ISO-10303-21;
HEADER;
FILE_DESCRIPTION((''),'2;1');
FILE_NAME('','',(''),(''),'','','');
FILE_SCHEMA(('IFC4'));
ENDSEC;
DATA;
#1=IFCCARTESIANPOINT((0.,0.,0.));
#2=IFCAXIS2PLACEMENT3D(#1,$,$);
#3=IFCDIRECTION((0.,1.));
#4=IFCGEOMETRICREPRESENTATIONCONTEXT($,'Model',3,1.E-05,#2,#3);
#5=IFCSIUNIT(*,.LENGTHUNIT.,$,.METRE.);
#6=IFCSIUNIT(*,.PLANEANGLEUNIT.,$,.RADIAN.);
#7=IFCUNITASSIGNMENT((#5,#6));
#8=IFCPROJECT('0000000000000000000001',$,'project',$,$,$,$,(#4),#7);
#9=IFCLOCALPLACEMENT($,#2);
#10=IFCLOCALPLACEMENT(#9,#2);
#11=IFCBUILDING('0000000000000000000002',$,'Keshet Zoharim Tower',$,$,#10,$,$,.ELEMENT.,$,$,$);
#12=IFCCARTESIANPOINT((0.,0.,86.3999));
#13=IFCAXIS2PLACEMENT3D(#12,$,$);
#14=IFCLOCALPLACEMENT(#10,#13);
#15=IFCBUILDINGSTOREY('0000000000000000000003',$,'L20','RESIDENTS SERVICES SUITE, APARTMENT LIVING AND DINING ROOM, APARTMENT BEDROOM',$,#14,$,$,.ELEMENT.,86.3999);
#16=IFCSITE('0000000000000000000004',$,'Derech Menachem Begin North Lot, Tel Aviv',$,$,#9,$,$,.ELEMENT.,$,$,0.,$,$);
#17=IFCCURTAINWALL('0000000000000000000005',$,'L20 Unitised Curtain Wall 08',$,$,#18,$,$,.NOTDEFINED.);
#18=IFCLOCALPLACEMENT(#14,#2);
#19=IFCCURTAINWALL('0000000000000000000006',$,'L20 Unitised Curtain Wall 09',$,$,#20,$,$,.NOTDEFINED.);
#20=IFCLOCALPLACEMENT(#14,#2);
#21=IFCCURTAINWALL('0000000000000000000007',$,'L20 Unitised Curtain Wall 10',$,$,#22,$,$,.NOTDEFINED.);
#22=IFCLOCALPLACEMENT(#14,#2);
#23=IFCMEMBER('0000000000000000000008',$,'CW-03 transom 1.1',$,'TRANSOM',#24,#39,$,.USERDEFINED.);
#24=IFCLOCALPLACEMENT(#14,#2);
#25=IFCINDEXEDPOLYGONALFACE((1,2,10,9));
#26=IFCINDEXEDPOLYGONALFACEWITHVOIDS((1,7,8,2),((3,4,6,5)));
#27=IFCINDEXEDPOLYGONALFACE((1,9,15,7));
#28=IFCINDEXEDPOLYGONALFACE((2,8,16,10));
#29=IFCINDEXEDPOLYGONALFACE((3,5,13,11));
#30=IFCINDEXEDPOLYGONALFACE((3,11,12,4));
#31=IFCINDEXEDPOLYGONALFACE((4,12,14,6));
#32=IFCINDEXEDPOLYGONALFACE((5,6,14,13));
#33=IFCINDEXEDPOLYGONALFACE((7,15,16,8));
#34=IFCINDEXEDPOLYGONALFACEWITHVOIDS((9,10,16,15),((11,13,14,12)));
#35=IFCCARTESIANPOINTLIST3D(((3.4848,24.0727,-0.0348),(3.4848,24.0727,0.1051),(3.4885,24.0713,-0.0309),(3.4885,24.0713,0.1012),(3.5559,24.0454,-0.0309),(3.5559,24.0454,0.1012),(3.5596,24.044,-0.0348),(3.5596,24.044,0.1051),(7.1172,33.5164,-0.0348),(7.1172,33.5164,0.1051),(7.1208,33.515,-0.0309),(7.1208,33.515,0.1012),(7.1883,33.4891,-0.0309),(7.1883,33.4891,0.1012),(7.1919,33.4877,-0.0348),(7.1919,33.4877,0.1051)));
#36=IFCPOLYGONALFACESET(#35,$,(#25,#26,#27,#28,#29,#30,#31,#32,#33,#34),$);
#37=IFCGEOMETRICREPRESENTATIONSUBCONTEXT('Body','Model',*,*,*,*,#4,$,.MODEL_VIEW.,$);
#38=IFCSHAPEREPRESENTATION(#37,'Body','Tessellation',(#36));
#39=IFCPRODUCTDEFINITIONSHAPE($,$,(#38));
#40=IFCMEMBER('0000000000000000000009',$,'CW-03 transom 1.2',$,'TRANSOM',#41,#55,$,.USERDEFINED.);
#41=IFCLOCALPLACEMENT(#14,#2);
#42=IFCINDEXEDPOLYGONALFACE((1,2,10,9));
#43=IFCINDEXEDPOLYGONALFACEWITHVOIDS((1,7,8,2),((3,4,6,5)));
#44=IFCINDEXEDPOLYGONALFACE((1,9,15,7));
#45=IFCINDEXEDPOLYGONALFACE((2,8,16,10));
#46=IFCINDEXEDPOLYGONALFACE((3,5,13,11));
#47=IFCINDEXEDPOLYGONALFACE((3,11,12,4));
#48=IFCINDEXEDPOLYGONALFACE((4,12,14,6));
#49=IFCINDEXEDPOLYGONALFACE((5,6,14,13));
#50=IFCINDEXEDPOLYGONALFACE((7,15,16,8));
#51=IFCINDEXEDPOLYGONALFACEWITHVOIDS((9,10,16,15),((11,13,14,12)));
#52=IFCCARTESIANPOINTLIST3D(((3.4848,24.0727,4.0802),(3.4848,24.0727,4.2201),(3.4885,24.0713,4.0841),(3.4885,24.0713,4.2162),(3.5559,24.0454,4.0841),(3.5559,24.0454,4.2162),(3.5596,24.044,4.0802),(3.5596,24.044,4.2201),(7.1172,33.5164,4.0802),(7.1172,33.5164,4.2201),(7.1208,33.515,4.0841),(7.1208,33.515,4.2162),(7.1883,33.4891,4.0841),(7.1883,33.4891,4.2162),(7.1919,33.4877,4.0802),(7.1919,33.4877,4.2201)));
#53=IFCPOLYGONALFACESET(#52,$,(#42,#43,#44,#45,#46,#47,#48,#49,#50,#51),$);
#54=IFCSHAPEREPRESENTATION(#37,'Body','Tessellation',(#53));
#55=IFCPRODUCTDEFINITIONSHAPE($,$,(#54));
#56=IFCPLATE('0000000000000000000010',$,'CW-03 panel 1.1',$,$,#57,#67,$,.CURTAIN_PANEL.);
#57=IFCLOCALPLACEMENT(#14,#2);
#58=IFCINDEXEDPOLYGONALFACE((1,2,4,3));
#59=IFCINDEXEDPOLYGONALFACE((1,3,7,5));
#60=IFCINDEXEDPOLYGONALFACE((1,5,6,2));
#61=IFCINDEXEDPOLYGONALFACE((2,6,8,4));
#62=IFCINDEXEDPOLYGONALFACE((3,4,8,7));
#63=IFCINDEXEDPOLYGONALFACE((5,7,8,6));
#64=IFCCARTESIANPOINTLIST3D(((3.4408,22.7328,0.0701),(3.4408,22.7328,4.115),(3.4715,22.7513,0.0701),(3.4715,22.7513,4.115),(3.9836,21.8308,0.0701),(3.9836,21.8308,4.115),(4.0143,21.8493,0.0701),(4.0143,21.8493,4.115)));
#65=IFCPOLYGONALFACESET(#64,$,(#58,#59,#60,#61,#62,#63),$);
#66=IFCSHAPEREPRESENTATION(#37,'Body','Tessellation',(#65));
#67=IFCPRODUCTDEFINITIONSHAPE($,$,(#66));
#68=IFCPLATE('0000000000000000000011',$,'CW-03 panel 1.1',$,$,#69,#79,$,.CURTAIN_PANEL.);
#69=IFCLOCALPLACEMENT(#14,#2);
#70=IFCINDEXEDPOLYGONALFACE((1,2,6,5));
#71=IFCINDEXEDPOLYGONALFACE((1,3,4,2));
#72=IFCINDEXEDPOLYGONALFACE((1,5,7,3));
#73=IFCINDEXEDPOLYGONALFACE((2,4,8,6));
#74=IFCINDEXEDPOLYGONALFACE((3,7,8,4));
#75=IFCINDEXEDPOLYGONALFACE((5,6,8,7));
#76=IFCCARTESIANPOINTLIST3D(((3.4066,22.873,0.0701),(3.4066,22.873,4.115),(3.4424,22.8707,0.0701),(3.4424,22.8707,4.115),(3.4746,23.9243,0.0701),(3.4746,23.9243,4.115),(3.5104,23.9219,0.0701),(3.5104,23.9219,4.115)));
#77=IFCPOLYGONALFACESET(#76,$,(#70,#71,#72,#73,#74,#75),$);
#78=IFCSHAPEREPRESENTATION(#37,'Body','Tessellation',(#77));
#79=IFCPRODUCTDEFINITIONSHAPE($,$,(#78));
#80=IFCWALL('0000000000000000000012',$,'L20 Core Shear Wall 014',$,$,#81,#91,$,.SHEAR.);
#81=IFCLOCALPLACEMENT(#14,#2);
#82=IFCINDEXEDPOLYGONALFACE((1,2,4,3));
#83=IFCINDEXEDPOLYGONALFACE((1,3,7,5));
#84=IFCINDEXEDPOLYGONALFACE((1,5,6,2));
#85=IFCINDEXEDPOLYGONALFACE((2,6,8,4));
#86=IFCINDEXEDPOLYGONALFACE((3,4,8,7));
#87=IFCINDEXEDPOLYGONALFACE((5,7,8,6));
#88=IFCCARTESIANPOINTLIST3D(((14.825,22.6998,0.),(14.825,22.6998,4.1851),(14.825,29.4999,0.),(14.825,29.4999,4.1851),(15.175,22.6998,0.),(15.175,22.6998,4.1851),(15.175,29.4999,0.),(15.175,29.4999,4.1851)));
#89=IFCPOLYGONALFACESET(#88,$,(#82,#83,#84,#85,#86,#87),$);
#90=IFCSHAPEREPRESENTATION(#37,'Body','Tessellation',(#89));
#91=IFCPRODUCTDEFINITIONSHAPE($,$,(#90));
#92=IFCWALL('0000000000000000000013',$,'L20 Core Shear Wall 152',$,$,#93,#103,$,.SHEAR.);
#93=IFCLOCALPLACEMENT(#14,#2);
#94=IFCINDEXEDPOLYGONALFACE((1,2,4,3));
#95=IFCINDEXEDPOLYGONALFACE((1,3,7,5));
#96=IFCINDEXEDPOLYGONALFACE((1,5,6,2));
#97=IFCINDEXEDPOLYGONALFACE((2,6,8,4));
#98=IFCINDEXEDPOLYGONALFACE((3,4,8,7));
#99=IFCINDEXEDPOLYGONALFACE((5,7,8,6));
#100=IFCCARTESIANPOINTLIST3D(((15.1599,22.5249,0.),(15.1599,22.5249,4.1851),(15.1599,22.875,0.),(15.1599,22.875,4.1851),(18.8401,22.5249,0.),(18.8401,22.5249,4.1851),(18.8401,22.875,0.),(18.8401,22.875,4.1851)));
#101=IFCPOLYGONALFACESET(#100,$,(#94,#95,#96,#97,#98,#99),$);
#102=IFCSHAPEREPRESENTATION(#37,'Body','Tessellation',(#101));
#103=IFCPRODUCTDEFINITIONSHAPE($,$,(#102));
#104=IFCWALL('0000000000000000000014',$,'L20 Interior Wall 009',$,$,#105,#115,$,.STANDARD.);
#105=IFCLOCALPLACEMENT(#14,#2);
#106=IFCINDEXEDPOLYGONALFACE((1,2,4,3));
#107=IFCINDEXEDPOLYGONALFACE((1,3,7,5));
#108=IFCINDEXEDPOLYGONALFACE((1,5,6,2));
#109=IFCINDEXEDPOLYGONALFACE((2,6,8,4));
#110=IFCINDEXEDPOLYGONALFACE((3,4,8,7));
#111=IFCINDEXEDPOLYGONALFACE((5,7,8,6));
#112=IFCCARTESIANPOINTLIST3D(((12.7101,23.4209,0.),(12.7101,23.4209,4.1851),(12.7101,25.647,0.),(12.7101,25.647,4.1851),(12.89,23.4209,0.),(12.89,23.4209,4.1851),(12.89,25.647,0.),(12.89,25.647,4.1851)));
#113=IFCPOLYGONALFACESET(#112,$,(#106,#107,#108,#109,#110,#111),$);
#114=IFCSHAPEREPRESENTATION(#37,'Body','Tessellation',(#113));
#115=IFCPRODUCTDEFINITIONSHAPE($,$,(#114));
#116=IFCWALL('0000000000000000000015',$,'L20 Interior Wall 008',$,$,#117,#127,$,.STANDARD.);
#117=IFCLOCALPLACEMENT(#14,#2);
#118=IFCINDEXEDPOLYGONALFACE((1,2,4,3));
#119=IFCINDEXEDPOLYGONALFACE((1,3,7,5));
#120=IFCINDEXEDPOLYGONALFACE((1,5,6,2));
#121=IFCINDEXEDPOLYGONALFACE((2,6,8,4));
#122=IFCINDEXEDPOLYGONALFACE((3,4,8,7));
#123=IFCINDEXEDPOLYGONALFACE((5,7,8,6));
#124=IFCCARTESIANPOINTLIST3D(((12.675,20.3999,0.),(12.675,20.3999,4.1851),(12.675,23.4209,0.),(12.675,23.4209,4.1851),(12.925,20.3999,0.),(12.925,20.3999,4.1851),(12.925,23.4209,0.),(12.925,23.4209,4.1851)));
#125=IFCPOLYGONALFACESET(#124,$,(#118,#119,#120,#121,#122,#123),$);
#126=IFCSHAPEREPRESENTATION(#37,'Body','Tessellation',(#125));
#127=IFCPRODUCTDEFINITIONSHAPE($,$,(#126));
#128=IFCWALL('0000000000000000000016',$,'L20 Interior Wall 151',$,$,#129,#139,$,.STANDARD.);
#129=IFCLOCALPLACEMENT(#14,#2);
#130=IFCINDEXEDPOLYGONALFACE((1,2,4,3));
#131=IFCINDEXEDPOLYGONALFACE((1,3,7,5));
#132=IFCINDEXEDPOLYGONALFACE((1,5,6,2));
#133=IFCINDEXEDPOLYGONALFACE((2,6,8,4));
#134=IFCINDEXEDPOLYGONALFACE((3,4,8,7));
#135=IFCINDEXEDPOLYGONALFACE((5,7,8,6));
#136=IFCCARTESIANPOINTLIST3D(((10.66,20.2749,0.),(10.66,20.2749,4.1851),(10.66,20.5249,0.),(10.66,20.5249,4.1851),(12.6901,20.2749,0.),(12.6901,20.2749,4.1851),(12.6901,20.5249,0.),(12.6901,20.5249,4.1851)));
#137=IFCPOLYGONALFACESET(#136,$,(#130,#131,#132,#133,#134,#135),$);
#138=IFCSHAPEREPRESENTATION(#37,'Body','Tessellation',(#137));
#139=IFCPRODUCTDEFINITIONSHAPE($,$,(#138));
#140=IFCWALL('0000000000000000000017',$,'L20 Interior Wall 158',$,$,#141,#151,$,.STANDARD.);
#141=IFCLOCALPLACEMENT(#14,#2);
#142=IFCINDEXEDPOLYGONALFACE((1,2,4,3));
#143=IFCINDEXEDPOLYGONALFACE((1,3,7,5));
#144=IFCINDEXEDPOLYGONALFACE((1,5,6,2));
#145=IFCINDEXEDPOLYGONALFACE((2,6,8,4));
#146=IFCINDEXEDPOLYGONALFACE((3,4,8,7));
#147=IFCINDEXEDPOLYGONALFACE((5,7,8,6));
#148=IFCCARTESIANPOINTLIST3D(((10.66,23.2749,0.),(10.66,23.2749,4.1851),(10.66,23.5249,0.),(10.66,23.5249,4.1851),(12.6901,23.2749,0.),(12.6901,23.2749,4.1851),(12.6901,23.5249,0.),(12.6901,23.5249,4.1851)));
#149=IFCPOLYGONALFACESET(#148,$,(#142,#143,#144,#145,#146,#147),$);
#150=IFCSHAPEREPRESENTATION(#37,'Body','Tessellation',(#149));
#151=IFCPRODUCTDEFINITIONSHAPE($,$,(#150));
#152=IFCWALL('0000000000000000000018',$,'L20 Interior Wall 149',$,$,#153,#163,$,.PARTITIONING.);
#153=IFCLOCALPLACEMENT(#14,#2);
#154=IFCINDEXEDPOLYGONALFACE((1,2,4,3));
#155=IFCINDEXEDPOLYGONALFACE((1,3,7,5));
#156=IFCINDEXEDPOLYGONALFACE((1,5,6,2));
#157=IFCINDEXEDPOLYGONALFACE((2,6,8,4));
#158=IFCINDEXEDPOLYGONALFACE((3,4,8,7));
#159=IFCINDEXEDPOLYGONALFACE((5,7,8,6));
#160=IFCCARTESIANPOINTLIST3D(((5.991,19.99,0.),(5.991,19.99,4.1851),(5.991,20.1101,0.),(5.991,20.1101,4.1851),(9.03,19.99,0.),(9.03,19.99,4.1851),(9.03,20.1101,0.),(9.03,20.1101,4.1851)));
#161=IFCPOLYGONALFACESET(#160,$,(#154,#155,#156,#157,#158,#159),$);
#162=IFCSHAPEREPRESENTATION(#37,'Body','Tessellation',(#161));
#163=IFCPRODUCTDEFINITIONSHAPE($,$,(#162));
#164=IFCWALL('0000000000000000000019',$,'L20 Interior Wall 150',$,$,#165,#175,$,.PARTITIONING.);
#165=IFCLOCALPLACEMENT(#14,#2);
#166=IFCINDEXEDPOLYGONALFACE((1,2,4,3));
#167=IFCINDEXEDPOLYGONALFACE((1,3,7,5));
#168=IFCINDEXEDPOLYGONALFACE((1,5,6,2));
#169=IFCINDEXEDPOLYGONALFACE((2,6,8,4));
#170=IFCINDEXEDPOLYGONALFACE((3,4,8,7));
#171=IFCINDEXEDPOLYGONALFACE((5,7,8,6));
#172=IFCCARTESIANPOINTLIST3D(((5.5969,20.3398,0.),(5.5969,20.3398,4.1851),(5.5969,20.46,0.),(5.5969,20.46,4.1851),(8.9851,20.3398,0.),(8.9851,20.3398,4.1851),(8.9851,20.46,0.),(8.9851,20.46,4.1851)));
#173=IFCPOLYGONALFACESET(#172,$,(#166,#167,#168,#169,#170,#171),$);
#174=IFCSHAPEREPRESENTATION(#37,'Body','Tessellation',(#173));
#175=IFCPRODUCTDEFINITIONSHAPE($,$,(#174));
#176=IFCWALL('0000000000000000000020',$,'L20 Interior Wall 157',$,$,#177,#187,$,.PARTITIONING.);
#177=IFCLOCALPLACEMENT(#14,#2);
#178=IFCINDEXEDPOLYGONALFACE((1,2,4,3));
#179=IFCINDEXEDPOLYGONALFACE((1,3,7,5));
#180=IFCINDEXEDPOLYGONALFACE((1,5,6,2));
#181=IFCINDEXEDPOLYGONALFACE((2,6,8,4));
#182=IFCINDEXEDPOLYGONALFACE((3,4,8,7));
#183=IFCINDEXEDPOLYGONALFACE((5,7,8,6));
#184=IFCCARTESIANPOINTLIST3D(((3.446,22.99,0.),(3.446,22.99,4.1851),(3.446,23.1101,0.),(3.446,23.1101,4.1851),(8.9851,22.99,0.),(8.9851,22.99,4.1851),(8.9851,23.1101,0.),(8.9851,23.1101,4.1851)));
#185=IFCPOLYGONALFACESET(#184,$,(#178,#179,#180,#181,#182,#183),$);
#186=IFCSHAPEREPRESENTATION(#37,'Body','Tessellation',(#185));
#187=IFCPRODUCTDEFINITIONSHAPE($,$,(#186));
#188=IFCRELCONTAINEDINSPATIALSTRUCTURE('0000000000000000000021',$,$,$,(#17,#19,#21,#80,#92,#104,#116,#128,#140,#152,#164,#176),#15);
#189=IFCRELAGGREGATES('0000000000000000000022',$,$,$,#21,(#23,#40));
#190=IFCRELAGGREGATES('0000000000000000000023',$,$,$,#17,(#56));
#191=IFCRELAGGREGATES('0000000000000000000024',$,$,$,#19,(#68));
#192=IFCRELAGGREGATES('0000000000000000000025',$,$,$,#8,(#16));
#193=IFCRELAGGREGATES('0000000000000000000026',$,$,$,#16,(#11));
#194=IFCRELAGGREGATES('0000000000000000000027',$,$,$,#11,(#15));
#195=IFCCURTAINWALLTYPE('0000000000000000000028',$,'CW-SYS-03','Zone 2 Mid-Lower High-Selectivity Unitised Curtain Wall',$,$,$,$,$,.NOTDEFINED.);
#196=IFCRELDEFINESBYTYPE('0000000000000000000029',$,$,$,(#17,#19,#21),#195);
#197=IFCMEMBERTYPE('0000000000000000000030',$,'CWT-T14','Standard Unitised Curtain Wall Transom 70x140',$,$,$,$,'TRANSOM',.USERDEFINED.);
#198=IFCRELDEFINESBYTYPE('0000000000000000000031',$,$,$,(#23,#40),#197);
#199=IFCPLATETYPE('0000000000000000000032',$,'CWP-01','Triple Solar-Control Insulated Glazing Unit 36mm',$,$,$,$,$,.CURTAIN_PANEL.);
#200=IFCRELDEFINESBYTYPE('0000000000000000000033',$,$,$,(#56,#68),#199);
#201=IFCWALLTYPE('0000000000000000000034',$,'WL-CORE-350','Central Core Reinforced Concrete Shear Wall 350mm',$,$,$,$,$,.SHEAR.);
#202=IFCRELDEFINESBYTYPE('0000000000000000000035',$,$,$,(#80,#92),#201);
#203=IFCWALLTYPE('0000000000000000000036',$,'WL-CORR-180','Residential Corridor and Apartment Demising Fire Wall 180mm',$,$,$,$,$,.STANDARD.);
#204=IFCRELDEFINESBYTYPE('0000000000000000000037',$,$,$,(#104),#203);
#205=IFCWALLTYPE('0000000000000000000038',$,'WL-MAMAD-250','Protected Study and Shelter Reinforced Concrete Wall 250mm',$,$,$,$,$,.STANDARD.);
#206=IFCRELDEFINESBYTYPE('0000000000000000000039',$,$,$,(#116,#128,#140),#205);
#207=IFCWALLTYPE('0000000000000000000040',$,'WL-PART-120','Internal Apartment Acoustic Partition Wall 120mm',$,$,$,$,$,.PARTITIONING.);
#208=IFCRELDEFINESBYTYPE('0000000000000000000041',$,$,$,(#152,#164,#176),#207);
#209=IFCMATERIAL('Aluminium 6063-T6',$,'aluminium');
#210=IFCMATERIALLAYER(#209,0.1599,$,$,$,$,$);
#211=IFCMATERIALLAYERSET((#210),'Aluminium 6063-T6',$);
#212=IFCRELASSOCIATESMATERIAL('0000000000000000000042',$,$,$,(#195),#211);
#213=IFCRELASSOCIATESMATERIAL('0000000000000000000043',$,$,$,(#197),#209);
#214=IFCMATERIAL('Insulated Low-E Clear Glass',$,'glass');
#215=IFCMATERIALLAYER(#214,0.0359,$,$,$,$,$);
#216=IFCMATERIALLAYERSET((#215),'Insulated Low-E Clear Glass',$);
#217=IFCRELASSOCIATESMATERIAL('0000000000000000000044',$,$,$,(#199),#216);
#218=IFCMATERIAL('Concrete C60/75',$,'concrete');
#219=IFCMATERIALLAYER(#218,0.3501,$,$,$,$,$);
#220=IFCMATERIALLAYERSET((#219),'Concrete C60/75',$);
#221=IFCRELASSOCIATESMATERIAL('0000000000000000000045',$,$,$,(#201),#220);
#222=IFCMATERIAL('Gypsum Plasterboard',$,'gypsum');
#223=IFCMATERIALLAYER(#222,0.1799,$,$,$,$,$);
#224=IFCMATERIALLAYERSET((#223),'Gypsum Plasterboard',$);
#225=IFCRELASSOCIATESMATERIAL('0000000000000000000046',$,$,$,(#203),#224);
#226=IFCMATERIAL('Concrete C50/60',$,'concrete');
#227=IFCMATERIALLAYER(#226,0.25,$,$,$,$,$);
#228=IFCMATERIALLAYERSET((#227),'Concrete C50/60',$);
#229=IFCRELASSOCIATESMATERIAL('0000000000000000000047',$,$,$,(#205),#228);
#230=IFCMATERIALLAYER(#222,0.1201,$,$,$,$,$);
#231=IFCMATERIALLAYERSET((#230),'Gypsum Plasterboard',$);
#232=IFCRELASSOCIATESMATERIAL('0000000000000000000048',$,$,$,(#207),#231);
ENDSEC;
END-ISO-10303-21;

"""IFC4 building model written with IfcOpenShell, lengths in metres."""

from ifc_helpers import new_model, si_unit, direction, frame, frame_2d, origin, origin_2d, place, context, subcontext, project, spatial, rectangle, hollow_rectangle, extrude, material, layer, layer_set, material_profile, profile_set, type_object, element, aggregate, save


model = new_model("IFC4")

# Units and contexts
model_context = context("Model", 3, precision=1e-05, world=origin(), true_north=direction((0.0, 1.0)))
body_context = subcontext(model_context, "Body", "Model", "MODEL_VIEW")
ifc_project = project(units=[si_unit("LENGTHUNIT", "METRE"), si_unit("PLANEANGLEUNIT", "RADIAN")], contexts=[model_context])

# Site, building, storey
site_placement = place(None, origin())
site = spatial("IfcSite", under=ifc_project, at=site_placement, Name="Derech Menachem Begin North Lot, Tel Aviv", CompositionType="ELEMENT", RefElevation=0.0)
building_placement = place(site_placement, origin())
building = spatial("IfcBuilding", under=site, at=building_placement, Name="Keshet Zoharim Tower", CompositionType="ELEMENT")
storey_placement = place(building_placement, frame((0.0, 0.0, 86.3999)))
storey = spatial("IfcBuildingStorey", under=building, at=storey_placement, Name="L20", Description="RESIDENTS SERVICES SUITE, APARTMENT LIVING AND DINING ROOM, APARTMENT BEDROOM", CompositionType="ELEMENT", Elevation=86.3999)

# Shared definitions
ifc_material_1 = material(Name="Concrete C60/75", Category="concrete")

# Shared definitions
ifc_material_2 = material(Name="Aluminium 6063-T6", Category="aluminium")
ifc_layer_1 = layer(ifc_material_2, 0.1599)
ifc_layer_set_1 = layer_set([ifc_layer_1], Name="Aluminium 6063-T6")
curtain_wall_type = type_object("IfcCurtainWallType", Name="CW-SYS-03", Description="Zone 2 Mid-Lower High-Selectivity Unitised Curtain Wall", PredefinedType="NOTDEFINED", material=ifc_layer_set_1)

# Curtain walls
curtain_wall_1_placement = place(storey_placement, origin())
curtain_wall_1 = element("IfcCurtainWall", 1, at=curtain_wall_1_placement, inside=storey, type_object=curtain_wall_type, Name="L20 Unitised Curtain Wall 08", PredefinedType="NOTDEFINED")
curtain_wall_2_placement = place(storey_placement, origin())
curtain_wall_2 = element("IfcCurtainWall", 2, at=curtain_wall_2_placement, inside=storey, type_object=curtain_wall_type, Name="L20 Unitised Curtain Wall 09", PredefinedType="NOTDEFINED")

# Curtain wall
curtain_wall_3_placement = place(storey_placement, origin())
curtain_wall_3 = element("IfcCurtainWall", 3, at=curtain_wall_3_placement, inside=storey, type_object=curtain_wall_type, Name="L20 Unitised Curtain Wall 10", PredefinedType="NOTDEFINED")

# Members
ifc_material_profile_1 = material_profile(ifc_material_2, hollow_rectangle(XDim=0.0801, YDim=0.1399, WallThickness=0.0039, at=origin_2d()), Name="TRN-80x140")
ifc_profile_set_1 = profile_set([ifc_material_profile_1], Name="Aluminium 6063-T6")
member_type_1 = type_object("IfcMemberType", Name="CWT-T14", Description="Standard Unitised Curtain Wall Transom 70x140", ElementType="TRANSOM", PredefinedType="USERDEFINED", material=ifc_profile_set_1)
member_1_placement = place(storey_placement, frame((3.5222, 24.0583, 0.0352), z_axis=(0.358994, 0.93334, 0.0), x_axis=(-0.93334, 0.358994, 0.0)))
member_1 = element("IfcMember", 4, at=member_1_placement, type_object=member_type_1, Name="CW-03 transom 1.1", ObjectType="TRANSOM", PredefinedType="USERDEFINED", context=body_context, shape_type="SweptSolid", body=[
    extrude(hollow_rectangle(XDim=0.0801, YDim=0.1399, WallThickness=0.0039, at=origin_2d()), origin(), (0.0, 0.0, 1.0), 10.1182),
])
member_2_placement = place(storey_placement, frame((3.5222, 24.0583, 4.1501), z_axis=(0.358994, 0.93334, 0.0), x_axis=(-0.93334, 0.358994, 0.0)))
member_2 = element("IfcMember", 5, at=member_2_placement, type_object=member_type_1, Name="CW-03 transom 1.2", ObjectType="TRANSOM", PredefinedType="USERDEFINED", context=body_context, shape_type="SweptSolid", body=[
    extrude(hollow_rectangle(XDim=0.0801, YDim=0.1399, WallThickness=0.0039, at=origin_2d()), origin(), (0.0, 0.0, 1.0), 10.1182),
])
aggregate(curtain_wall_3, [member_1, member_2])

# Plates
ifc_material_3 = material(Name="Insulated Low-E Clear Glass", Category="glass")
ifc_layer_2 = layer(ifc_material_3, 0.0359)
ifc_layer_set_2 = layer_set([ifc_layer_2], Name="Insulated Low-E Clear Glass")
plate_type = type_object("IfcPlateType", Name="CWP-01", Description="Triple Solar-Control Insulated Glazing Unit 36mm", PredefinedType="CURTAIN_PANEL", material=ifc_layer_set_2)
plate_1_placement = place(storey_placement, frame((3.7275, 22.291, 0.0701), z_axis=(0.0, 0.0, 1.0), x_axis=(-0.515605, 0.856826, 0.0)))
plate_1 = element("IfcPlate", 6, at=plate_1_placement, type_object=plate_type, Name="CW-03 panel 1.1", PredefinedType="CURTAIN_PANEL", context=body_context, shape_type="SweptSolid", body=[
    extrude(rectangle(XDim=1.0527, YDim=0.0359, at=origin_2d()), origin(), (0.0, 0.0, 1.0), 4.0449),
])
aggregate(curtain_wall_1, [plate_1])
plate_2_placement = place(storey_placement, frame((3.4585, 23.3975, 0.0701), z_axis=(0.0, 0.0, 1.0), x_axis=(0.064517, 0.997917, 0.0)))
plate_2 = element("IfcPlate", 7, at=plate_2_placement, type_object=plate_type, Name="CW-03 panel 1.1", PredefinedType="CURTAIN_PANEL", context=body_context, shape_type="SweptSolid", body=[
    extrude(rectangle(XDim=1.0535, YDim=0.0359, at=origin_2d()), origin(), (0.0, 0.0, 1.0), 4.0449),
])
aggregate(curtain_wall_2, [plate_2])

# Walls
ifc_layer_3 = layer(ifc_material_1, 0.3501)
ifc_layer_set_3 = layer_set([ifc_layer_3], Name="Concrete C60/75")
wall_type_1 = type_object("IfcWallType", Name="WL-CORE-350", Description="Central Core Reinforced Concrete Shear Wall 350mm", PredefinedType="SHEAR", material=ifc_layer_set_3)
wall_1_placement = place(storey_placement, frame((15.0, 22.7, 0.0), z_axis=(0.0, 0.0, 1.0), x_axis=(0.0, 1.0, 0.0)))
element("IfcWall", 8, at=wall_1_placement, inside=storey, type_object=wall_type_1, Name="L20 Core Shear Wall 014", PredefinedType="SHEAR", context=body_context, shape_type="SweptSolid", body=[
    extrude(rectangle(XDim=6.8, YDim=0.3501, at=frame_2d((3.3999, 0.0))), origin(), (0.0, 0.0, 1.0), 4.1851),
])
wall_2_placement = place(storey_placement, frame((15.1599, 22.7, 0.0), z_axis=(0.0, 0.0, 1.0), x_axis=(1.0, 0.0, 0.0)))
element("IfcWall", 9, at=wall_2_placement, inside=storey, type_object=wall_type_1, Name="L20 Core Shear Wall 152", PredefinedType="SHEAR", context=body_context, shape_type="SweptSolid", body=[
    extrude(rectangle(XDim=3.6802, YDim=0.3501, at=frame_2d((1.8401, 0.0))), origin(), (0.0, 0.0, 1.0), 4.1851),
])
ifc_material_4 = material(Name="Gypsum Plasterboard", Category="gypsum")
ifc_layer_4 = layer(ifc_material_4, 0.1799)
ifc_layer_set_4 = layer_set([ifc_layer_4], Name="Gypsum Plasterboard")
wall_type_2 = type_object("IfcWallType", Name="WL-CORR-180", Description="Residential Corridor and Apartment Demising Fire Wall 180mm", PredefinedType="STANDARD", material=ifc_layer_set_4)
wall_3_placement = place(storey_placement, frame((12.8, 23.4209, 0.0), z_axis=(0.0, 0.0, 1.0), x_axis=(0.0, 1.0, 0.0)))
element("IfcWall", 10, at=wall_3_placement, inside=storey, type_object=wall_type_2, Name="L20 Interior Wall 009", PredefinedType="STANDARD", context=body_context, shape_type="SweptSolid", body=[
    extrude(rectangle(XDim=2.2261, YDim=0.1799, at=frame_2d((1.113, 0.0))), origin(), (0.0, 0.0, 1.0), 4.1851),
])

# Shared definitions
ifc_material_5 = material(Name="Concrete C50/60", Category="concrete")
ifc_layer_5 = layer(ifc_material_5, 0.25)
ifc_layer_set_5 = layer_set([ifc_layer_5], Name="Concrete C50/60")
wall_type_3 = type_object("IfcWallType", Name="WL-MAMAD-250", Description="Protected Study and Shelter Reinforced Concrete Wall 250mm", PredefinedType="STANDARD", material=ifc_layer_set_5)

# Walls
wall_4_placement = place(storey_placement, frame((12.8, 20.3999, 0.0), z_axis=(0.0, 0.0, 1.0), x_axis=(0.0, 1.0, 0.0)))
element("IfcWall", 11, at=wall_4_placement, inside=storey, type_object=wall_type_3, Name="L20 Interior Wall 008", PredefinedType="STANDARD", context=body_context, shape_type="SweptSolid", body=[
    extrude(rectangle(XDim=3.021, YDim=0.25, at=frame_2d((1.5105, 0.0))), origin(), (0.0, 0.0, 1.0), 4.1851),
])
for number, where, z_axis, x_axis, name in (
    (12, (10.6599, 20.3999, 0.0), (0.0, 0.0, 1.0), (1.0, 0.0, 0.0), "L20 Interior Wall 151"),
    (13, (10.6599, 23.3999, 0.0), (0.0, 0.0, 1.0), (1.0, 0.0, 0.0), "L20 Interior Wall 158"),
):
    element("IfcWall", number, at=place(storey_placement, frame(where, z_axis=z_axis, x_axis=x_axis)), inside=storey, type_object=wall_type_3, Name=name, PredefinedType="STANDARD", context=body_context, shape_type="SweptSolid", body=[
        extrude(rectangle(XDim=2.03, YDim=0.25, at=frame_2d((1.0151, 0.0))), origin(), (0.0, 0.0, 1.0), 4.1851),
    ])

# Shared definitions
ifc_layer_6 = layer(ifc_material_4, 0.1201)
ifc_layer_set_6 = layer_set([ifc_layer_6], Name="Gypsum Plasterboard")
wall_type_4 = type_object("IfcWallType", Name="WL-PART-120", Description="Internal Apartment Acoustic Partition Wall 120mm", PredefinedType="PARTITIONING", material=ifc_layer_set_6)

# Walls
wall_5_placement = place(storey_placement, frame((5.991, 20.05, 0.0), z_axis=(0.0, 0.0, 1.0), x_axis=(1.0, 0.0, 0.0)))
element("IfcWall", 14, at=wall_5_placement, inside=storey, type_object=wall_type_4, Name="L20 Interior Wall 149", PredefinedType="PARTITIONING", context=body_context, shape_type="SweptSolid", body=[
    extrude(rectangle(XDim=3.0391, YDim=0.1201, at=frame_2d((1.5195, 0.0))), origin(), (0.0, 0.0, 1.0), 4.1851),
])
wall_6_placement = place(storey_placement, frame((5.5969, 20.3999, 0.0), z_axis=(0.0, 0.0, 1.0), x_axis=(1.0, 0.0, 0.0)))
element("IfcWall", 15, at=wall_6_placement, inside=storey, type_object=wall_type_4, Name="L20 Interior Wall 150", PredefinedType="PARTITIONING", context=body_context, shape_type="SweptSolid", body=[
    extrude(rectangle(XDim=3.3882, YDim=0.1201, at=frame_2d((1.6941, 0.0))), origin(), (0.0, 0.0, 1.0), 4.1851),
])
wall_7_placement = place(storey_placement, frame((3.446, 23.05, 0.0), z_axis=(0.0, 0.0, 1.0), x_axis=(1.0, 0.0, 0.0)))
element("IfcWall", 16, at=wall_7_placement, inside=storey, type_object=wall_type_4, Name="L20 Interior Wall 157", PredefinedType="PARTITIONING", context=body_context, shape_type="SweptSolid", body=[
    extrude(rectangle(XDim=5.5391, YDim=0.1201, at=frame_2d((2.7695, 0.0))), origin(), (0.0, 0.0, 1.0), 4.1851),
])

save(model, "model.ifc")
